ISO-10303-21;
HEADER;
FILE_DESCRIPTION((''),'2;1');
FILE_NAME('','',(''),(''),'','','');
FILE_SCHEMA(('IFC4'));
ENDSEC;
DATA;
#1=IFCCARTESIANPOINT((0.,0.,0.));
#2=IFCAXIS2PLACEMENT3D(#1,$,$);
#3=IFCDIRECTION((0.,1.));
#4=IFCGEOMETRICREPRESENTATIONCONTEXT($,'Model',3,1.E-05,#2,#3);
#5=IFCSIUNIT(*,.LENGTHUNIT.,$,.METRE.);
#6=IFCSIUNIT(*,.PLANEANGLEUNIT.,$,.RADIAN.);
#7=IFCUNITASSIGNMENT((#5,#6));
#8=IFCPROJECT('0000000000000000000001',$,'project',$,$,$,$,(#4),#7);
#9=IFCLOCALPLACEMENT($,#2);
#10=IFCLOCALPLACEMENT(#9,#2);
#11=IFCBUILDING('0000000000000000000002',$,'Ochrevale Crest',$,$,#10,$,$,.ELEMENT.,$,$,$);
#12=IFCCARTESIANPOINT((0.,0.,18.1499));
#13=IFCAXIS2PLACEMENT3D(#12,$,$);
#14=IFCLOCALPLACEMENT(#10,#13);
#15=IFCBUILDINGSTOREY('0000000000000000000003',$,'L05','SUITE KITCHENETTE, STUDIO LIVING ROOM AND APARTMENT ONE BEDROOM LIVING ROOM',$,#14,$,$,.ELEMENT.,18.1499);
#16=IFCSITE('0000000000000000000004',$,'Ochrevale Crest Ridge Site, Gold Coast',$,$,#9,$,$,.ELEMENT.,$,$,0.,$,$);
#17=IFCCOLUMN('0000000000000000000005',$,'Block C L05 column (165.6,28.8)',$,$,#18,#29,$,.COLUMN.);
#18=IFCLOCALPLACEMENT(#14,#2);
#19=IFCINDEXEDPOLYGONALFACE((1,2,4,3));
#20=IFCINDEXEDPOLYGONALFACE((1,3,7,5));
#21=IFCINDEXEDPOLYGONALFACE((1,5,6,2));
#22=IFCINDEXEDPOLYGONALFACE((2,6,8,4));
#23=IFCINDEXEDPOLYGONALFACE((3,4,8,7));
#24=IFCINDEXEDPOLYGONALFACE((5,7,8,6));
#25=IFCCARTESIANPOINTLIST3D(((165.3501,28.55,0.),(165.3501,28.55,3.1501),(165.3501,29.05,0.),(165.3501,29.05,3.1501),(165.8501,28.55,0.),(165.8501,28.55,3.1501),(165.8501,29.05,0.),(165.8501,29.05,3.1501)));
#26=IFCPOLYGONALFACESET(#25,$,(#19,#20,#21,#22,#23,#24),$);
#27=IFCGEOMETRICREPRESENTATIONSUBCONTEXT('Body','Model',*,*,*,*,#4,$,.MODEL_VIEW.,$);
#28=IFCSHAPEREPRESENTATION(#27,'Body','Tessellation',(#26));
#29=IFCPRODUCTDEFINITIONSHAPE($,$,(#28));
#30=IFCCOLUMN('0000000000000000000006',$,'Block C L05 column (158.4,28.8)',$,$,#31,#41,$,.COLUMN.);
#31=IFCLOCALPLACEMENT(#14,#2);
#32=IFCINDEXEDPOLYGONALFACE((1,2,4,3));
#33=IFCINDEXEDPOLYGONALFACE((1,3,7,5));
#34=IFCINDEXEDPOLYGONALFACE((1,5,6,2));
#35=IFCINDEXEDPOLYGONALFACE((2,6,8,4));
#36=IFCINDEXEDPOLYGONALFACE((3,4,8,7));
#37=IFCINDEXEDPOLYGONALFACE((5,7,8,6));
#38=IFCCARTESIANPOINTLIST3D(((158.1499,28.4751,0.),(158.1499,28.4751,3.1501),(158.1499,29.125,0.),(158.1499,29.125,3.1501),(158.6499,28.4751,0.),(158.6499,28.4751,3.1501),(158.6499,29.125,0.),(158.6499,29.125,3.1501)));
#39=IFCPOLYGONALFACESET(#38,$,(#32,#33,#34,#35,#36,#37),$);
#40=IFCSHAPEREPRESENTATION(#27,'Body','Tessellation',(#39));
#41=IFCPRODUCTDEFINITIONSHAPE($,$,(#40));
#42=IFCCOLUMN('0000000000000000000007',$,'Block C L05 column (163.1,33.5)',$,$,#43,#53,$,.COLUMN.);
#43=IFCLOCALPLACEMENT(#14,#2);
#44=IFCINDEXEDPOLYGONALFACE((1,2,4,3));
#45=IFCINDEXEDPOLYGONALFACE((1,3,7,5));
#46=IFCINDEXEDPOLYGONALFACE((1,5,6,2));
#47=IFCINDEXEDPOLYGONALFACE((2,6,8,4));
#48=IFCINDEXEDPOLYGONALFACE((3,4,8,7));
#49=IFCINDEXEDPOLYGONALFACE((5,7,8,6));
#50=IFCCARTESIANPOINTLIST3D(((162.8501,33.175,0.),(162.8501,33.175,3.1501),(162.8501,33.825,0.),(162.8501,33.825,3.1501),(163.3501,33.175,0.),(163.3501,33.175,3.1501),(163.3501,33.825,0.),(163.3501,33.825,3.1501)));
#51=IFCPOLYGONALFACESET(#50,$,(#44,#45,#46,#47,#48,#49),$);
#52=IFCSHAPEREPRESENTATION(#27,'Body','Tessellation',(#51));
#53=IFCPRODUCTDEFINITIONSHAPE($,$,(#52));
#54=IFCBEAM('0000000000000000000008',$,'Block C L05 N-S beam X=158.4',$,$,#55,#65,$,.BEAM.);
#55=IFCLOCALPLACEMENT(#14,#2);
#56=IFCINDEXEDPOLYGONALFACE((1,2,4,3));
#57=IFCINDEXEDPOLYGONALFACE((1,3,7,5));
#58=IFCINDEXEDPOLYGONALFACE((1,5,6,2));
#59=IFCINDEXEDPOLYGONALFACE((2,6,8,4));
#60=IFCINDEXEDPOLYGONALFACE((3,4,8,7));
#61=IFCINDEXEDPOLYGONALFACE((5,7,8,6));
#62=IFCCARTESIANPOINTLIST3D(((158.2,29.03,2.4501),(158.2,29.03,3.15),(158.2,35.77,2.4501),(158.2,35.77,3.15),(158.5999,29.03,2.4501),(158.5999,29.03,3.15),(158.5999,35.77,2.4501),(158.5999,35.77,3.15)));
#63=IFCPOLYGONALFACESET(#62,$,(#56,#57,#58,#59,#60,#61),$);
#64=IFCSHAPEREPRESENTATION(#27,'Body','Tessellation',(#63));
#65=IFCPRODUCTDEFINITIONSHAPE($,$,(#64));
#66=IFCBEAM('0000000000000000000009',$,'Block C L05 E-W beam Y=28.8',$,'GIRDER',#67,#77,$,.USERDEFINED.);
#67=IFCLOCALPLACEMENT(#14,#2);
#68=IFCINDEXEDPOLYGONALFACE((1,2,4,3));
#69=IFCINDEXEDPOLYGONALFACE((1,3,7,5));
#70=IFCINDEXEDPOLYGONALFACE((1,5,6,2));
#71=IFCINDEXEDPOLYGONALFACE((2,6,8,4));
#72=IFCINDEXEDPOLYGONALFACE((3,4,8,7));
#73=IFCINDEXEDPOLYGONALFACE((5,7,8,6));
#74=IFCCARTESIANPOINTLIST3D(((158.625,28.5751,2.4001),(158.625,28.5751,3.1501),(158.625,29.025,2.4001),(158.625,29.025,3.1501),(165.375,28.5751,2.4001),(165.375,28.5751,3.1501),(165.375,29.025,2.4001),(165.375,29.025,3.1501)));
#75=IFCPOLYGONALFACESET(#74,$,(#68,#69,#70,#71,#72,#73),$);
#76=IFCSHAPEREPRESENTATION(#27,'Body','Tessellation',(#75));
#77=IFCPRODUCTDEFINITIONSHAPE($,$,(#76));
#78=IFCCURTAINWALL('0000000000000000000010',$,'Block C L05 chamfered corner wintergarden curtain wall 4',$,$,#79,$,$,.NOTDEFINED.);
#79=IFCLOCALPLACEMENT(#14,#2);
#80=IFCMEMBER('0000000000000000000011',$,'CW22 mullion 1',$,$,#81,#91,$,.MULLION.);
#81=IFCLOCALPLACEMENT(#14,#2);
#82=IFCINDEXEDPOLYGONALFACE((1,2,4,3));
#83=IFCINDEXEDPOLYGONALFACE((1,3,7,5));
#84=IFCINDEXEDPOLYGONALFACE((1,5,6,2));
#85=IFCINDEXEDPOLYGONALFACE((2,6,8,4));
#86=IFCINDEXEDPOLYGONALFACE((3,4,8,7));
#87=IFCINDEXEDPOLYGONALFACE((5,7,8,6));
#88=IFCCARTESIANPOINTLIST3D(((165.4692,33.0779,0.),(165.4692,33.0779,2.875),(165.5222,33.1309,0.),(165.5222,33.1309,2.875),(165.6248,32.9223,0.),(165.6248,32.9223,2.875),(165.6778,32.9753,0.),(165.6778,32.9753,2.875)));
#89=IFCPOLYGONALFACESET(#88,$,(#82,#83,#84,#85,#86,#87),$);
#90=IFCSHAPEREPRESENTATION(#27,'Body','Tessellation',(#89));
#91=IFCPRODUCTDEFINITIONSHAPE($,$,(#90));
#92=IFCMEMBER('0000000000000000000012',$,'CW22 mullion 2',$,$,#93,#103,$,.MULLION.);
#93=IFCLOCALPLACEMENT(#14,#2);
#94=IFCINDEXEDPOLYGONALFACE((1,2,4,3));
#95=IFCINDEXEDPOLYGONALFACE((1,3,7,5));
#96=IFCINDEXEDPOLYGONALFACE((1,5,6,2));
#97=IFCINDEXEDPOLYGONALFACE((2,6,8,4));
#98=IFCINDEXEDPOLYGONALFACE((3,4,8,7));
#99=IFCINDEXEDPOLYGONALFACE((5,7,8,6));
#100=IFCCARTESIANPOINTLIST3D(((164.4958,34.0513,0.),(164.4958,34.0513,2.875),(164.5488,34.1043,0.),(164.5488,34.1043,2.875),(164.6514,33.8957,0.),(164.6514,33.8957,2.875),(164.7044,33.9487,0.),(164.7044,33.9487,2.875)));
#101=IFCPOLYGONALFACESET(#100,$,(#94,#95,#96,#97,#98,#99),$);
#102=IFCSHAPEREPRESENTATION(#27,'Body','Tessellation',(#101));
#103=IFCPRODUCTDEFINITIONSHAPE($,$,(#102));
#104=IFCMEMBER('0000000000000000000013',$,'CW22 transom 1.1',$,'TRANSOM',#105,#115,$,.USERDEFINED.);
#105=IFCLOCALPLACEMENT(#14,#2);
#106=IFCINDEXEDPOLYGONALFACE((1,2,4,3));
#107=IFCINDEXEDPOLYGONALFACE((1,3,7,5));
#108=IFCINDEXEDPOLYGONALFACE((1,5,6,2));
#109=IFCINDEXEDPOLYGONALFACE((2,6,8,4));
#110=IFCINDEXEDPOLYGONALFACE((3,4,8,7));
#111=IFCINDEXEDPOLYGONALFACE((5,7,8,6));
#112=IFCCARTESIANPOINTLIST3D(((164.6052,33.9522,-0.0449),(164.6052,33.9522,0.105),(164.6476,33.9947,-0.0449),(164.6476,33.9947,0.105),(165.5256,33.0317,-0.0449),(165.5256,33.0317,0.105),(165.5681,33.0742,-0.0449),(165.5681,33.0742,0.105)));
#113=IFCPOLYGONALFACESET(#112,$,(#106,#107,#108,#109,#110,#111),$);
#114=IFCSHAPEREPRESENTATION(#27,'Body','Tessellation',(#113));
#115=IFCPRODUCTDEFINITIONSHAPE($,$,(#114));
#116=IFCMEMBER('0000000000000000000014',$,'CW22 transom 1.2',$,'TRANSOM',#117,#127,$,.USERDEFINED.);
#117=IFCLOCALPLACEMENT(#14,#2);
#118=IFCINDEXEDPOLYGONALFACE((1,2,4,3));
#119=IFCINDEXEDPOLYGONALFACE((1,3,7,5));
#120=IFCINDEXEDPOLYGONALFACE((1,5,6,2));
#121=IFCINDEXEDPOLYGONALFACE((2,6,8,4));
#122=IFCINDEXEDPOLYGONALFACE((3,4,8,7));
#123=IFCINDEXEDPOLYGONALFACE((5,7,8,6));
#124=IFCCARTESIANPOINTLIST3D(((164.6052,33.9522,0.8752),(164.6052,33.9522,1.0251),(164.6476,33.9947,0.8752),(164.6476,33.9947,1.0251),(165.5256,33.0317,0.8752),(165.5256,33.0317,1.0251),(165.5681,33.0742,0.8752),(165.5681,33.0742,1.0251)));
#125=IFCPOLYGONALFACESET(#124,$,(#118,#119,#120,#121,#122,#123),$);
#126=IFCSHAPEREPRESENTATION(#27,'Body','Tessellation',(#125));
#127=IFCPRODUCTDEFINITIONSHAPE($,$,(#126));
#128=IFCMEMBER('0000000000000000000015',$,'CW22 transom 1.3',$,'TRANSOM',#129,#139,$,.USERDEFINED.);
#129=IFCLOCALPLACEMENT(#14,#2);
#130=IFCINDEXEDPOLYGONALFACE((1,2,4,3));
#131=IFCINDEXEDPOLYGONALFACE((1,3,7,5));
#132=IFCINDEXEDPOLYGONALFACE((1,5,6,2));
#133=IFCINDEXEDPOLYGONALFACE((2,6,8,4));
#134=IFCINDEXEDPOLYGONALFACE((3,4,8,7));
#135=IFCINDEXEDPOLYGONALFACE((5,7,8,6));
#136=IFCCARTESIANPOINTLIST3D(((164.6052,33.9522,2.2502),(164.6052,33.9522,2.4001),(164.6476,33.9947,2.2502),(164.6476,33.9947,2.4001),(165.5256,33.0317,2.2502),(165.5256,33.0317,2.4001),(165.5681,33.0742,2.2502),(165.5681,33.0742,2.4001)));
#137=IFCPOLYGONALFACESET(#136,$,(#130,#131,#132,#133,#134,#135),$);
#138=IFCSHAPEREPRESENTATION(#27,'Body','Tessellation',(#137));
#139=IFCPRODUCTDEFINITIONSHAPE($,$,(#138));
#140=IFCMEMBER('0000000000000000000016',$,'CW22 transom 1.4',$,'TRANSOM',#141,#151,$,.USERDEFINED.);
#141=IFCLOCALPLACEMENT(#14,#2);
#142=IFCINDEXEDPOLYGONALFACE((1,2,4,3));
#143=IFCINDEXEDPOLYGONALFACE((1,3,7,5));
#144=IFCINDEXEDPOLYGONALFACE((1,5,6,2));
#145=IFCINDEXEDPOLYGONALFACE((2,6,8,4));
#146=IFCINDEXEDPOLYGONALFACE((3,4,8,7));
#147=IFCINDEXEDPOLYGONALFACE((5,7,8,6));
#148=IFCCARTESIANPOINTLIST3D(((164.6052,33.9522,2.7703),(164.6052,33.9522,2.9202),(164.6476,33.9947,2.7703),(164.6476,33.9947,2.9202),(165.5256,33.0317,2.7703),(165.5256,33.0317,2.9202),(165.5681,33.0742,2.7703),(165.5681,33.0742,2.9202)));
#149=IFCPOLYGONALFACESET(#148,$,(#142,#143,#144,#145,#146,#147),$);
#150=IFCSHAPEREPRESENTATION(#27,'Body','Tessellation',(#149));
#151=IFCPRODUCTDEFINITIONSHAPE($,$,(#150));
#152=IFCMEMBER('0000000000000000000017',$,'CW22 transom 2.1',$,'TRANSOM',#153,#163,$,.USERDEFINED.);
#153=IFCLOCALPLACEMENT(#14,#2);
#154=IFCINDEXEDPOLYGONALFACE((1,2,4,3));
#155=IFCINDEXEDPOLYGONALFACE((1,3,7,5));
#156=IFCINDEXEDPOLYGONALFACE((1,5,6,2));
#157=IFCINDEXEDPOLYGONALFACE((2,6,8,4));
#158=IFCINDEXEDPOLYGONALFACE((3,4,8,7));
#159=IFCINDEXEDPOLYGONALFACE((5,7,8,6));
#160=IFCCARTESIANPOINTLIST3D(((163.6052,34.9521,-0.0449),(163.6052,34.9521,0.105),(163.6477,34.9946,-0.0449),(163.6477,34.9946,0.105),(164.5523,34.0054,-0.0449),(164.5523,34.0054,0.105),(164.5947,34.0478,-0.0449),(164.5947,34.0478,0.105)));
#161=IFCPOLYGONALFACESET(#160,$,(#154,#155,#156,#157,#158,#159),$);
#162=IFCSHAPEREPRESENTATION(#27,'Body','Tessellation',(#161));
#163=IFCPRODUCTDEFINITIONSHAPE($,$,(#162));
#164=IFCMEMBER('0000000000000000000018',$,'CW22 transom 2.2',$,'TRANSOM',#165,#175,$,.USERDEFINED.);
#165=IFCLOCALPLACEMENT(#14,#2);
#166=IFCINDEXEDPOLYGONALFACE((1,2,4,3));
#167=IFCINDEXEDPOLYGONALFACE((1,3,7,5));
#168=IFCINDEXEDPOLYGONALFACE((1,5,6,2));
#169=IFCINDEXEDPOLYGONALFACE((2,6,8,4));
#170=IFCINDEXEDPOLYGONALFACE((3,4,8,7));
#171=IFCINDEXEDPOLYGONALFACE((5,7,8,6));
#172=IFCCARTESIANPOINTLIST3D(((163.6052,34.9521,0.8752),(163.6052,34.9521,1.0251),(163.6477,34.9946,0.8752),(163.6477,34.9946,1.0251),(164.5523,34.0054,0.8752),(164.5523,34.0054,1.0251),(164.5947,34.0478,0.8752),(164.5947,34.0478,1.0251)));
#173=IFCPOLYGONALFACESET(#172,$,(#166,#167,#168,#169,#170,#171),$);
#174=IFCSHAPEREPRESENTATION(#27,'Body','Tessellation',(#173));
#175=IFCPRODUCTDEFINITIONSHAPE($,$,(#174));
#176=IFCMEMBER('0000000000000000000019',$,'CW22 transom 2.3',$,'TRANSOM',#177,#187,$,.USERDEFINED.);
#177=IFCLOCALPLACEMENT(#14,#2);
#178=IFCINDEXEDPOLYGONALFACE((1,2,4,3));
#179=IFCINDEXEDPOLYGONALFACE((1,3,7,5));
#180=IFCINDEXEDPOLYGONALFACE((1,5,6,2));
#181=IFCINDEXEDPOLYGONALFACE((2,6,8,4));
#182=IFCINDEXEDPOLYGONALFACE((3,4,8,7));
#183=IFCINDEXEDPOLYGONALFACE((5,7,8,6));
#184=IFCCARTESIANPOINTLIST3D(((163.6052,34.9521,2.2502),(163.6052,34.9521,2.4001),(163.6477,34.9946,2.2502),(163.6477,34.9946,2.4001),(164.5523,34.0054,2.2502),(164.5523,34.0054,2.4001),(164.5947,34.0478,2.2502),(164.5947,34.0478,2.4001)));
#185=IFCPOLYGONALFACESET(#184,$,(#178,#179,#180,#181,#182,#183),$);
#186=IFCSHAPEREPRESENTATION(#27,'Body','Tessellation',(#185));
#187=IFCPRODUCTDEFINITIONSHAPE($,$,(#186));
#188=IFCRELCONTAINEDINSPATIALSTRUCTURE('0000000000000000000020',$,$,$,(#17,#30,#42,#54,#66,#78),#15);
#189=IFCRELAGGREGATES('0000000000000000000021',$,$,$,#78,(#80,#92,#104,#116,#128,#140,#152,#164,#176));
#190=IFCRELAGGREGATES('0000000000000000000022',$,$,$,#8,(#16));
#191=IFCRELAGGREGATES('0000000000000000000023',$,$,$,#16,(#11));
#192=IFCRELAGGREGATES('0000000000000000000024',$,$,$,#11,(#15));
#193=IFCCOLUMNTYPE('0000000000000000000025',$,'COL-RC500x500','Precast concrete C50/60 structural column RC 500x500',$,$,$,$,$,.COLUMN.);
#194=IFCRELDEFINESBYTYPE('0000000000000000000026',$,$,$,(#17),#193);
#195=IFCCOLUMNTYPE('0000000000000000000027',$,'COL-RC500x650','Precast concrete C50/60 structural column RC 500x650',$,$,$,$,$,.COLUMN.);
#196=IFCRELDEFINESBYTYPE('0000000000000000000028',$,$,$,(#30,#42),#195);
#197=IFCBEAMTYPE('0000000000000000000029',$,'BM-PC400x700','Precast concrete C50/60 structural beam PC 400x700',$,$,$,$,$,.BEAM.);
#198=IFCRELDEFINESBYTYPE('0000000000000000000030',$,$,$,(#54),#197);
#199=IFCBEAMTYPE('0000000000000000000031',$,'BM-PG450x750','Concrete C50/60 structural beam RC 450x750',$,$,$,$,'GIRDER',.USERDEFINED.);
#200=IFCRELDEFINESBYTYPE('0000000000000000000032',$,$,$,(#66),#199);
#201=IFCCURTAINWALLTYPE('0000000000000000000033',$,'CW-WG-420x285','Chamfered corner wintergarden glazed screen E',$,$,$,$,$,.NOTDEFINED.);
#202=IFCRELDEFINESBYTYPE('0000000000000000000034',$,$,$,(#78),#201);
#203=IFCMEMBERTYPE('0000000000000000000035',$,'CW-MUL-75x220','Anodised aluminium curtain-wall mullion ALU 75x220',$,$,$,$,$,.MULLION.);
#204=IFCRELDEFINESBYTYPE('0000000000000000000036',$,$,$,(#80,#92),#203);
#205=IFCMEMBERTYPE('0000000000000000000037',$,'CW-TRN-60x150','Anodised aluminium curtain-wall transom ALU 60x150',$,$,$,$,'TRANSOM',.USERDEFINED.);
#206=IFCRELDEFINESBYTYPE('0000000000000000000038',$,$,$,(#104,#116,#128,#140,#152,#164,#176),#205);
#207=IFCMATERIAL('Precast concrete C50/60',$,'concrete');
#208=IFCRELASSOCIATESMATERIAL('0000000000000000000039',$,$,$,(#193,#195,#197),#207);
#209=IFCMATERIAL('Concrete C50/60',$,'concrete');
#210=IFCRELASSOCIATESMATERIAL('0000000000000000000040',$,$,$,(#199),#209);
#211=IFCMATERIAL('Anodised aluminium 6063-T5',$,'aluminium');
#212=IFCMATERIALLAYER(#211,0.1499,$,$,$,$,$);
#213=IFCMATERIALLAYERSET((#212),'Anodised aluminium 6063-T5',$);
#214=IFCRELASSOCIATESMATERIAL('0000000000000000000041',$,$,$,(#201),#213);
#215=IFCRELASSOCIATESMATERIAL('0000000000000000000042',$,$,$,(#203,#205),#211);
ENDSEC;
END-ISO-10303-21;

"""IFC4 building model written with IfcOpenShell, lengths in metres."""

from ifc_helpers import new_model, si_unit, direction, frame, origin, origin_2d, place, context, subcontext, project, spatial, rectangle, extrude, material, layer, layer_set, material_profile, profile_set, type_object, element, aggregate, save


model = new_model("IFC4")

# Units and contexts
model_context = context("Model", 3, precision=1e-05, world=origin(), true_north=direction((0.0, 1.0)))
body_context = subcontext(model_context, "Body", "Model", "MODEL_VIEW")
ifc_project = project(units=[si_unit("LENGTHUNIT", "METRE"), si_unit("PLANEANGLEUNIT", "RADIAN")], contexts=[model_context])

# Site, building, storey
site_placement = place(None, origin())
site = spatial("IfcSite", under=ifc_project, at=site_placement, Name="Ochrevale Crest Ridge Site, Gold Coast", CompositionType="ELEMENT", RefElevation=0.0)
building_placement = place(site_placement, origin())
building = spatial("IfcBuilding", under=site, at=building_placement, Name="Ochrevale Crest", CompositionType="ELEMENT")
storey_placement = place(building_placement, frame((0.0, 0.0, 18.1499)))
storey = spatial("IfcBuildingStorey", under=building, at=storey_placement, Name="L05", Description="SUITE KITCHENETTE, STUDIO LIVING ROOM AND APARTMENT ONE BEDROOM LIVING ROOM", CompositionType="ELEMENT", Elevation=18.1499)

# Columns
ifc_material_1 = material(Name="Precast concrete C50/60", Category="concrete")
ifc_material_profile_1 = material_profile(ifc_material_1, rectangle(XDim=0.5, YDim=0.5, at=origin_2d()), Name="RC 500x500")
ifc_profile_set_1 = profile_set([ifc_material_profile_1], Name="Precast concrete C50/60")
column_type_1 = type_object("IfcColumnType", Name="COL-RC500x500", Description="Precast concrete C50/60 structural column RC 500x500", PredefinedType="COLUMN", material=ifc_profile_set_1)
column_placement = place(storey_placement, frame((165.6001, 28.8, 0.0), z_axis=(0.0, 0.0, 1.0), x_axis=(1.0, 0.0, 0.0)))
element("IfcColumn", 1, at=column_placement, inside=storey, type_object=column_type_1, Name="Block C L05 column (165.6,28.8)", PredefinedType="COLUMN", context=body_context, shape_type="SweptSolid", body=[
    extrude(rectangle(XDim=0.5, YDim=0.5, at=origin_2d()), origin(), (0.0, 0.0, 1.0), 3.1501),
])
ifc_material_profile_2 = material_profile(ifc_material_1, rectangle(XDim=0.5, YDim=0.6499, at=origin_2d()), Name="RC 500x650")
ifc_profile_set_2 = profile_set([ifc_material_profile_2], Name="Precast concrete C50/60")
column_type_2 = type_object("IfcColumnType", Name="COL-RC500x650", Description="Precast concrete C50/60 structural column RC 500x650", PredefinedType="COLUMN", material=ifc_profile_set_2)
for number, where, z_axis, x_axis, name in (
    (2, (158.3999, 28.8, 0.0), (0.0, 0.0, 1.0), (1.0, 0.0, 0.0), "Block C L05 column (158.4,28.8)"),
    (3, (163.1001, 33.5, 0.0), (0.0, 0.0, 1.0), (1.0, 0.0, 0.0), "Block C L05 column (163.1,33.5)"),
):
    element("IfcColumn", number, at=place(storey_placement, frame(where, z_axis=z_axis, x_axis=x_axis)), inside=storey, type_object=column_type_2, Name=name, PredefinedType="COLUMN", context=body_context, shape_type="SweptSolid", body=[
        extrude(rectangle(XDim=0.5, YDim=0.6499, at=origin_2d()), origin(), (0.0, 0.0, 1.0), 3.1501),
    ])

# Beams
ifc_material_profile_3 = material_profile(ifc_material_1, rectangle(XDim=0.3999, YDim=0.7, at=origin_2d()), Name="PC 400x700")
ifc_profile_set_3 = profile_set([ifc_material_profile_3], Name="Precast concrete C50/60")
beam_type_1 = type_object("IfcBeamType", Name="BM-PC400x700", Description="Precast concrete C50/60 structural beam PC 400x700", PredefinedType="BEAM", material=ifc_profile_set_3)
beam_1_placement = place(storey_placement, frame((158.3999, 29.03, 2.8), z_axis=(0.0, 1.0, 0.0), x_axis=(-1.0, 0.0, 0.0)))
element("IfcBeam", 4, at=beam_1_placement, inside=storey, type_object=beam_type_1, Name="Block C L05 N-S beam X=158.4", PredefinedType="BEAM", context=body_context, shape_type="SweptSolid", body=[
    extrude(rectangle(XDim=0.3999, YDim=0.7, at=origin_2d()), origin(), (0.0, 0.0, 1.0), 6.74),
])
ifc_material_2 = material(Name="Concrete C50/60", Category="concrete")
ifc_material_profile_4 = material_profile(ifc_material_2, rectangle(XDim=0.45, YDim=0.75, at=origin_2d()), Name="RC 450x750")
ifc_profile_set_4 = profile_set([ifc_material_profile_4], Name="Concrete C50/60")
beam_type_2 = type_object("IfcBeamType", Name="BM-PG450x750", Description="Concrete C50/60 structural beam RC 450x750", ElementType="GIRDER", PredefinedType="USERDEFINED", material=ifc_profile_set_4)
beam_2_placement = place(storey_placement, frame((158.625, 28.8, 2.7751), z_axis=(1.0, 0.0, 0.0), x_axis=(0.0, 1.0, 0.0)))
element("IfcBeam", 5, at=beam_2_placement, inside=storey, type_object=beam_type_2, Name="Block C L05 E-W beam Y=28.8", ObjectType="GIRDER", PredefinedType="USERDEFINED", context=body_context, shape_type="SweptSolid", body=[
    extrude(rectangle(XDim=0.45, YDim=0.75, at=origin_2d()), origin(), (0.0, 0.0, 1.0), 6.75),
])

# Curtain wall, members
ifc_material_3 = material(Name="Anodised aluminium 6063-T5", Category="aluminium")
ifc_layer_1 = layer(ifc_material_3, 0.1499)
ifc_layer_set_1 = layer_set([ifc_layer_1], Name="Anodised aluminium 6063-T5")
curtain_wall_type = type_object("IfcCurtainWallType", Name="CW-WG-420x285", Description="Chamfered corner wintergarden glazed screen E", PredefinedType="NOTDEFINED", material=ifc_layer_set_1)
curtain_wall_placement = place(storey_placement, origin())
curtain_wall = element("IfcCurtainWall", 6, at=curtain_wall_placement, inside=storey, type_object=curtain_wall_type, Name="Block C L05 chamfered corner wintergarden curtain wall 4", PredefinedType="NOTDEFINED")
ifc_material_profile_5 = material_profile(ifc_material_3, rectangle(XDim=0.075, YDim=0.22, at=origin_2d()), Name="ALU 75x220")
ifc_profile_set_5 = profile_set([ifc_material_profile_5], Name="Anodised aluminium 6063-T5")
member_type_1 = type_object("IfcMemberType", Name="CW-MUL-75x220", Description="Anodised aluminium curtain-wall mullion ALU 75x220", PredefinedType="MULLION", material=ifc_profile_set_5)
member_1_placement = place(storey_placement, frame((165.5735, 33.0266, 0.0), z_axis=(0.0, 0.0, 1.0), x_axis=(-0.707107, -0.707107, 0.0)))
member_1 = element("IfcMember", 7, at=member_1_placement, type_object=member_type_1, Name="CW22 mullion 1", PredefinedType="MULLION", context=body_context, shape_type="SweptSolid", body=[
    extrude(rectangle(XDim=0.075, YDim=0.22, at=origin_2d()), origin(), (0.0, 0.0, 1.0), 2.875),
])
member_2_placement = place(storey_placement, frame((164.6001, 34.0, 0.0), z_axis=(0.0, 0.0, 1.0), x_axis=(-0.707107, -0.707107, 0.0)))
member_2 = element("IfcMember", 8, at=member_2_placement, type_object=member_type_1, Name="CW22 mullion 2", PredefinedType="MULLION", context=body_context, shape_type="SweptSolid", body=[
    extrude(rectangle(XDim=0.075, YDim=0.22, at=origin_2d()), origin(), (0.0, 0.0, 1.0), 2.875),
])
ifc_material_profile_6 = material_profile(ifc_material_3, rectangle(XDim=0.0601, YDim=0.1499, at=origin_2d()), Name="ALU 60x150")
ifc_profile_set_6 = profile_set([ifc_material_profile_6], Name="Anodised aluminium 6063-T5")
member_type_2 = type_object("IfcMemberType", Name="CW-TRN-60x150", Description="Anodised aluminium curtain-wall transom ALU 60x150", ElementType="TRANSOM", PredefinedType="USERDEFINED", material=ifc_profile_set_6)
member_3_placement = place(storey_placement, frame((165.5469, 33.053, 0.03), z_axis=(-0.707107, 0.707107, 0.0), x_axis=(-0.707107, -0.707107, 0.0)))
member_3 = element("IfcMember", 9, at=member_3_placement, type_object=member_type_2, Name="CW22 transom 1.1", ObjectType="TRANSOM", PredefinedType="USERDEFINED", context=body_context, shape_type="SweptSolid", body=[
    extrude(rectangle(XDim=0.0601, YDim=0.1499, at=origin_2d()), origin(), (0.0, 0.0, 1.0), 1.3018),
])
member_4_placement = place(storey_placement, frame((165.5469, 33.053, 0.9502), z_axis=(-0.707107, 0.707107, 0.0), x_axis=(-0.707107, -0.707107, 0.0)))
member_4 = element("IfcMember", 10, at=member_4_placement, type_object=member_type_2, Name="CW22 transom 1.2", ObjectType="TRANSOM", PredefinedType="USERDEFINED", context=body_context, shape_type="SweptSolid", body=[
    extrude(rectangle(XDim=0.0601, YDim=0.1499, at=origin_2d()), origin(), (0.0, 0.0, 1.0), 1.3018),
])
member_5_placement = place(storey_placement, frame((165.5469, 33.053, 2.3252), z_axis=(-0.707107, 0.707107, 0.0), x_axis=(-0.707107, -0.707107, 0.0)))
member_5 = element("IfcMember", 11, at=member_5_placement, type_object=member_type_2, Name="CW22 transom 1.3", ObjectType="TRANSOM", PredefinedType="USERDEFINED", context=body_context, shape_type="SweptSolid", body=[
    extrude(rectangle(XDim=0.0601, YDim=0.1499, at=origin_2d()), origin(), (0.0, 0.0, 1.0), 1.3018),
])
member_6_placement = place(storey_placement, frame((165.5469, 33.053, 2.8452), z_axis=(-0.707107, 0.707107, 0.0), x_axis=(-0.707107, -0.707107, 0.0)))
member_6 = element("IfcMember", 12, at=member_6_placement, type_object=member_type_2, Name="CW22 transom 1.4", ObjectType="TRANSOM", PredefinedType="USERDEFINED", context=body_context, shape_type="SweptSolid", body=[
    extrude(rectangle(XDim=0.0601, YDim=0.1499, at=origin_2d()), origin(), (0.0, 0.0, 1.0), 1.3018),
])
member_7_placement = place(storey_placement, frame((164.5735, 34.0266, 0.03), z_axis=(-0.707198, 0.707016, 0.0), x_axis=(-0.707016, -0.707198, 0.0)))
member_7 = element("IfcMember", 13, at=member_7_placement, type_object=member_type_2, Name="CW22 transom 2.1", ObjectType="TRANSOM", PredefinedType="USERDEFINED", context=body_context, shape_type="SweptSolid", body=[
    extrude(rectangle(XDim=0.0601, YDim=0.1499, at=origin_2d()), origin(), (0.0, 0.0, 1.0), 1.3391),
])
member_8_placement = place(storey_placement, frame((164.5735, 34.0266, 0.9502), z_axis=(-0.707198, 0.707016, 0.0), x_axis=(-0.707016, -0.707198, 0.0)))
member_8 = element("IfcMember", 14, at=member_8_placement, type_object=member_type_2, Name="CW22 transom 2.2", ObjectType="TRANSOM", PredefinedType="USERDEFINED", context=body_context, shape_type="SweptSolid", body=[
    extrude(rectangle(XDim=0.0601, YDim=0.1499, at=origin_2d()), origin(), (0.0, 0.0, 1.0), 1.3391),
])
member_9_placement = place(storey_placement, frame((164.5735, 34.0266, 2.3252), z_axis=(-0.707198, 0.707016, 0.0), x_axis=(-0.707016, -0.707198, 0.0)))
member_9 = element("IfcMember", 15, at=member_9_placement, type_object=member_type_2, Name="CW22 transom 2.3", ObjectType="TRANSOM", PredefinedType="USERDEFINED", context=body_context, shape_type="SweptSolid", body=[
    extrude(rectangle(XDim=0.0601, YDim=0.1499, at=origin_2d()), origin(), (0.0, 0.0, 1.0), 1.3391),
])
aggregate(curtain_wall, [member_1, member_2, member_3, member_4, member_5, member_6, member_7, member_8, member_9])

save(model, "model.ifc")
